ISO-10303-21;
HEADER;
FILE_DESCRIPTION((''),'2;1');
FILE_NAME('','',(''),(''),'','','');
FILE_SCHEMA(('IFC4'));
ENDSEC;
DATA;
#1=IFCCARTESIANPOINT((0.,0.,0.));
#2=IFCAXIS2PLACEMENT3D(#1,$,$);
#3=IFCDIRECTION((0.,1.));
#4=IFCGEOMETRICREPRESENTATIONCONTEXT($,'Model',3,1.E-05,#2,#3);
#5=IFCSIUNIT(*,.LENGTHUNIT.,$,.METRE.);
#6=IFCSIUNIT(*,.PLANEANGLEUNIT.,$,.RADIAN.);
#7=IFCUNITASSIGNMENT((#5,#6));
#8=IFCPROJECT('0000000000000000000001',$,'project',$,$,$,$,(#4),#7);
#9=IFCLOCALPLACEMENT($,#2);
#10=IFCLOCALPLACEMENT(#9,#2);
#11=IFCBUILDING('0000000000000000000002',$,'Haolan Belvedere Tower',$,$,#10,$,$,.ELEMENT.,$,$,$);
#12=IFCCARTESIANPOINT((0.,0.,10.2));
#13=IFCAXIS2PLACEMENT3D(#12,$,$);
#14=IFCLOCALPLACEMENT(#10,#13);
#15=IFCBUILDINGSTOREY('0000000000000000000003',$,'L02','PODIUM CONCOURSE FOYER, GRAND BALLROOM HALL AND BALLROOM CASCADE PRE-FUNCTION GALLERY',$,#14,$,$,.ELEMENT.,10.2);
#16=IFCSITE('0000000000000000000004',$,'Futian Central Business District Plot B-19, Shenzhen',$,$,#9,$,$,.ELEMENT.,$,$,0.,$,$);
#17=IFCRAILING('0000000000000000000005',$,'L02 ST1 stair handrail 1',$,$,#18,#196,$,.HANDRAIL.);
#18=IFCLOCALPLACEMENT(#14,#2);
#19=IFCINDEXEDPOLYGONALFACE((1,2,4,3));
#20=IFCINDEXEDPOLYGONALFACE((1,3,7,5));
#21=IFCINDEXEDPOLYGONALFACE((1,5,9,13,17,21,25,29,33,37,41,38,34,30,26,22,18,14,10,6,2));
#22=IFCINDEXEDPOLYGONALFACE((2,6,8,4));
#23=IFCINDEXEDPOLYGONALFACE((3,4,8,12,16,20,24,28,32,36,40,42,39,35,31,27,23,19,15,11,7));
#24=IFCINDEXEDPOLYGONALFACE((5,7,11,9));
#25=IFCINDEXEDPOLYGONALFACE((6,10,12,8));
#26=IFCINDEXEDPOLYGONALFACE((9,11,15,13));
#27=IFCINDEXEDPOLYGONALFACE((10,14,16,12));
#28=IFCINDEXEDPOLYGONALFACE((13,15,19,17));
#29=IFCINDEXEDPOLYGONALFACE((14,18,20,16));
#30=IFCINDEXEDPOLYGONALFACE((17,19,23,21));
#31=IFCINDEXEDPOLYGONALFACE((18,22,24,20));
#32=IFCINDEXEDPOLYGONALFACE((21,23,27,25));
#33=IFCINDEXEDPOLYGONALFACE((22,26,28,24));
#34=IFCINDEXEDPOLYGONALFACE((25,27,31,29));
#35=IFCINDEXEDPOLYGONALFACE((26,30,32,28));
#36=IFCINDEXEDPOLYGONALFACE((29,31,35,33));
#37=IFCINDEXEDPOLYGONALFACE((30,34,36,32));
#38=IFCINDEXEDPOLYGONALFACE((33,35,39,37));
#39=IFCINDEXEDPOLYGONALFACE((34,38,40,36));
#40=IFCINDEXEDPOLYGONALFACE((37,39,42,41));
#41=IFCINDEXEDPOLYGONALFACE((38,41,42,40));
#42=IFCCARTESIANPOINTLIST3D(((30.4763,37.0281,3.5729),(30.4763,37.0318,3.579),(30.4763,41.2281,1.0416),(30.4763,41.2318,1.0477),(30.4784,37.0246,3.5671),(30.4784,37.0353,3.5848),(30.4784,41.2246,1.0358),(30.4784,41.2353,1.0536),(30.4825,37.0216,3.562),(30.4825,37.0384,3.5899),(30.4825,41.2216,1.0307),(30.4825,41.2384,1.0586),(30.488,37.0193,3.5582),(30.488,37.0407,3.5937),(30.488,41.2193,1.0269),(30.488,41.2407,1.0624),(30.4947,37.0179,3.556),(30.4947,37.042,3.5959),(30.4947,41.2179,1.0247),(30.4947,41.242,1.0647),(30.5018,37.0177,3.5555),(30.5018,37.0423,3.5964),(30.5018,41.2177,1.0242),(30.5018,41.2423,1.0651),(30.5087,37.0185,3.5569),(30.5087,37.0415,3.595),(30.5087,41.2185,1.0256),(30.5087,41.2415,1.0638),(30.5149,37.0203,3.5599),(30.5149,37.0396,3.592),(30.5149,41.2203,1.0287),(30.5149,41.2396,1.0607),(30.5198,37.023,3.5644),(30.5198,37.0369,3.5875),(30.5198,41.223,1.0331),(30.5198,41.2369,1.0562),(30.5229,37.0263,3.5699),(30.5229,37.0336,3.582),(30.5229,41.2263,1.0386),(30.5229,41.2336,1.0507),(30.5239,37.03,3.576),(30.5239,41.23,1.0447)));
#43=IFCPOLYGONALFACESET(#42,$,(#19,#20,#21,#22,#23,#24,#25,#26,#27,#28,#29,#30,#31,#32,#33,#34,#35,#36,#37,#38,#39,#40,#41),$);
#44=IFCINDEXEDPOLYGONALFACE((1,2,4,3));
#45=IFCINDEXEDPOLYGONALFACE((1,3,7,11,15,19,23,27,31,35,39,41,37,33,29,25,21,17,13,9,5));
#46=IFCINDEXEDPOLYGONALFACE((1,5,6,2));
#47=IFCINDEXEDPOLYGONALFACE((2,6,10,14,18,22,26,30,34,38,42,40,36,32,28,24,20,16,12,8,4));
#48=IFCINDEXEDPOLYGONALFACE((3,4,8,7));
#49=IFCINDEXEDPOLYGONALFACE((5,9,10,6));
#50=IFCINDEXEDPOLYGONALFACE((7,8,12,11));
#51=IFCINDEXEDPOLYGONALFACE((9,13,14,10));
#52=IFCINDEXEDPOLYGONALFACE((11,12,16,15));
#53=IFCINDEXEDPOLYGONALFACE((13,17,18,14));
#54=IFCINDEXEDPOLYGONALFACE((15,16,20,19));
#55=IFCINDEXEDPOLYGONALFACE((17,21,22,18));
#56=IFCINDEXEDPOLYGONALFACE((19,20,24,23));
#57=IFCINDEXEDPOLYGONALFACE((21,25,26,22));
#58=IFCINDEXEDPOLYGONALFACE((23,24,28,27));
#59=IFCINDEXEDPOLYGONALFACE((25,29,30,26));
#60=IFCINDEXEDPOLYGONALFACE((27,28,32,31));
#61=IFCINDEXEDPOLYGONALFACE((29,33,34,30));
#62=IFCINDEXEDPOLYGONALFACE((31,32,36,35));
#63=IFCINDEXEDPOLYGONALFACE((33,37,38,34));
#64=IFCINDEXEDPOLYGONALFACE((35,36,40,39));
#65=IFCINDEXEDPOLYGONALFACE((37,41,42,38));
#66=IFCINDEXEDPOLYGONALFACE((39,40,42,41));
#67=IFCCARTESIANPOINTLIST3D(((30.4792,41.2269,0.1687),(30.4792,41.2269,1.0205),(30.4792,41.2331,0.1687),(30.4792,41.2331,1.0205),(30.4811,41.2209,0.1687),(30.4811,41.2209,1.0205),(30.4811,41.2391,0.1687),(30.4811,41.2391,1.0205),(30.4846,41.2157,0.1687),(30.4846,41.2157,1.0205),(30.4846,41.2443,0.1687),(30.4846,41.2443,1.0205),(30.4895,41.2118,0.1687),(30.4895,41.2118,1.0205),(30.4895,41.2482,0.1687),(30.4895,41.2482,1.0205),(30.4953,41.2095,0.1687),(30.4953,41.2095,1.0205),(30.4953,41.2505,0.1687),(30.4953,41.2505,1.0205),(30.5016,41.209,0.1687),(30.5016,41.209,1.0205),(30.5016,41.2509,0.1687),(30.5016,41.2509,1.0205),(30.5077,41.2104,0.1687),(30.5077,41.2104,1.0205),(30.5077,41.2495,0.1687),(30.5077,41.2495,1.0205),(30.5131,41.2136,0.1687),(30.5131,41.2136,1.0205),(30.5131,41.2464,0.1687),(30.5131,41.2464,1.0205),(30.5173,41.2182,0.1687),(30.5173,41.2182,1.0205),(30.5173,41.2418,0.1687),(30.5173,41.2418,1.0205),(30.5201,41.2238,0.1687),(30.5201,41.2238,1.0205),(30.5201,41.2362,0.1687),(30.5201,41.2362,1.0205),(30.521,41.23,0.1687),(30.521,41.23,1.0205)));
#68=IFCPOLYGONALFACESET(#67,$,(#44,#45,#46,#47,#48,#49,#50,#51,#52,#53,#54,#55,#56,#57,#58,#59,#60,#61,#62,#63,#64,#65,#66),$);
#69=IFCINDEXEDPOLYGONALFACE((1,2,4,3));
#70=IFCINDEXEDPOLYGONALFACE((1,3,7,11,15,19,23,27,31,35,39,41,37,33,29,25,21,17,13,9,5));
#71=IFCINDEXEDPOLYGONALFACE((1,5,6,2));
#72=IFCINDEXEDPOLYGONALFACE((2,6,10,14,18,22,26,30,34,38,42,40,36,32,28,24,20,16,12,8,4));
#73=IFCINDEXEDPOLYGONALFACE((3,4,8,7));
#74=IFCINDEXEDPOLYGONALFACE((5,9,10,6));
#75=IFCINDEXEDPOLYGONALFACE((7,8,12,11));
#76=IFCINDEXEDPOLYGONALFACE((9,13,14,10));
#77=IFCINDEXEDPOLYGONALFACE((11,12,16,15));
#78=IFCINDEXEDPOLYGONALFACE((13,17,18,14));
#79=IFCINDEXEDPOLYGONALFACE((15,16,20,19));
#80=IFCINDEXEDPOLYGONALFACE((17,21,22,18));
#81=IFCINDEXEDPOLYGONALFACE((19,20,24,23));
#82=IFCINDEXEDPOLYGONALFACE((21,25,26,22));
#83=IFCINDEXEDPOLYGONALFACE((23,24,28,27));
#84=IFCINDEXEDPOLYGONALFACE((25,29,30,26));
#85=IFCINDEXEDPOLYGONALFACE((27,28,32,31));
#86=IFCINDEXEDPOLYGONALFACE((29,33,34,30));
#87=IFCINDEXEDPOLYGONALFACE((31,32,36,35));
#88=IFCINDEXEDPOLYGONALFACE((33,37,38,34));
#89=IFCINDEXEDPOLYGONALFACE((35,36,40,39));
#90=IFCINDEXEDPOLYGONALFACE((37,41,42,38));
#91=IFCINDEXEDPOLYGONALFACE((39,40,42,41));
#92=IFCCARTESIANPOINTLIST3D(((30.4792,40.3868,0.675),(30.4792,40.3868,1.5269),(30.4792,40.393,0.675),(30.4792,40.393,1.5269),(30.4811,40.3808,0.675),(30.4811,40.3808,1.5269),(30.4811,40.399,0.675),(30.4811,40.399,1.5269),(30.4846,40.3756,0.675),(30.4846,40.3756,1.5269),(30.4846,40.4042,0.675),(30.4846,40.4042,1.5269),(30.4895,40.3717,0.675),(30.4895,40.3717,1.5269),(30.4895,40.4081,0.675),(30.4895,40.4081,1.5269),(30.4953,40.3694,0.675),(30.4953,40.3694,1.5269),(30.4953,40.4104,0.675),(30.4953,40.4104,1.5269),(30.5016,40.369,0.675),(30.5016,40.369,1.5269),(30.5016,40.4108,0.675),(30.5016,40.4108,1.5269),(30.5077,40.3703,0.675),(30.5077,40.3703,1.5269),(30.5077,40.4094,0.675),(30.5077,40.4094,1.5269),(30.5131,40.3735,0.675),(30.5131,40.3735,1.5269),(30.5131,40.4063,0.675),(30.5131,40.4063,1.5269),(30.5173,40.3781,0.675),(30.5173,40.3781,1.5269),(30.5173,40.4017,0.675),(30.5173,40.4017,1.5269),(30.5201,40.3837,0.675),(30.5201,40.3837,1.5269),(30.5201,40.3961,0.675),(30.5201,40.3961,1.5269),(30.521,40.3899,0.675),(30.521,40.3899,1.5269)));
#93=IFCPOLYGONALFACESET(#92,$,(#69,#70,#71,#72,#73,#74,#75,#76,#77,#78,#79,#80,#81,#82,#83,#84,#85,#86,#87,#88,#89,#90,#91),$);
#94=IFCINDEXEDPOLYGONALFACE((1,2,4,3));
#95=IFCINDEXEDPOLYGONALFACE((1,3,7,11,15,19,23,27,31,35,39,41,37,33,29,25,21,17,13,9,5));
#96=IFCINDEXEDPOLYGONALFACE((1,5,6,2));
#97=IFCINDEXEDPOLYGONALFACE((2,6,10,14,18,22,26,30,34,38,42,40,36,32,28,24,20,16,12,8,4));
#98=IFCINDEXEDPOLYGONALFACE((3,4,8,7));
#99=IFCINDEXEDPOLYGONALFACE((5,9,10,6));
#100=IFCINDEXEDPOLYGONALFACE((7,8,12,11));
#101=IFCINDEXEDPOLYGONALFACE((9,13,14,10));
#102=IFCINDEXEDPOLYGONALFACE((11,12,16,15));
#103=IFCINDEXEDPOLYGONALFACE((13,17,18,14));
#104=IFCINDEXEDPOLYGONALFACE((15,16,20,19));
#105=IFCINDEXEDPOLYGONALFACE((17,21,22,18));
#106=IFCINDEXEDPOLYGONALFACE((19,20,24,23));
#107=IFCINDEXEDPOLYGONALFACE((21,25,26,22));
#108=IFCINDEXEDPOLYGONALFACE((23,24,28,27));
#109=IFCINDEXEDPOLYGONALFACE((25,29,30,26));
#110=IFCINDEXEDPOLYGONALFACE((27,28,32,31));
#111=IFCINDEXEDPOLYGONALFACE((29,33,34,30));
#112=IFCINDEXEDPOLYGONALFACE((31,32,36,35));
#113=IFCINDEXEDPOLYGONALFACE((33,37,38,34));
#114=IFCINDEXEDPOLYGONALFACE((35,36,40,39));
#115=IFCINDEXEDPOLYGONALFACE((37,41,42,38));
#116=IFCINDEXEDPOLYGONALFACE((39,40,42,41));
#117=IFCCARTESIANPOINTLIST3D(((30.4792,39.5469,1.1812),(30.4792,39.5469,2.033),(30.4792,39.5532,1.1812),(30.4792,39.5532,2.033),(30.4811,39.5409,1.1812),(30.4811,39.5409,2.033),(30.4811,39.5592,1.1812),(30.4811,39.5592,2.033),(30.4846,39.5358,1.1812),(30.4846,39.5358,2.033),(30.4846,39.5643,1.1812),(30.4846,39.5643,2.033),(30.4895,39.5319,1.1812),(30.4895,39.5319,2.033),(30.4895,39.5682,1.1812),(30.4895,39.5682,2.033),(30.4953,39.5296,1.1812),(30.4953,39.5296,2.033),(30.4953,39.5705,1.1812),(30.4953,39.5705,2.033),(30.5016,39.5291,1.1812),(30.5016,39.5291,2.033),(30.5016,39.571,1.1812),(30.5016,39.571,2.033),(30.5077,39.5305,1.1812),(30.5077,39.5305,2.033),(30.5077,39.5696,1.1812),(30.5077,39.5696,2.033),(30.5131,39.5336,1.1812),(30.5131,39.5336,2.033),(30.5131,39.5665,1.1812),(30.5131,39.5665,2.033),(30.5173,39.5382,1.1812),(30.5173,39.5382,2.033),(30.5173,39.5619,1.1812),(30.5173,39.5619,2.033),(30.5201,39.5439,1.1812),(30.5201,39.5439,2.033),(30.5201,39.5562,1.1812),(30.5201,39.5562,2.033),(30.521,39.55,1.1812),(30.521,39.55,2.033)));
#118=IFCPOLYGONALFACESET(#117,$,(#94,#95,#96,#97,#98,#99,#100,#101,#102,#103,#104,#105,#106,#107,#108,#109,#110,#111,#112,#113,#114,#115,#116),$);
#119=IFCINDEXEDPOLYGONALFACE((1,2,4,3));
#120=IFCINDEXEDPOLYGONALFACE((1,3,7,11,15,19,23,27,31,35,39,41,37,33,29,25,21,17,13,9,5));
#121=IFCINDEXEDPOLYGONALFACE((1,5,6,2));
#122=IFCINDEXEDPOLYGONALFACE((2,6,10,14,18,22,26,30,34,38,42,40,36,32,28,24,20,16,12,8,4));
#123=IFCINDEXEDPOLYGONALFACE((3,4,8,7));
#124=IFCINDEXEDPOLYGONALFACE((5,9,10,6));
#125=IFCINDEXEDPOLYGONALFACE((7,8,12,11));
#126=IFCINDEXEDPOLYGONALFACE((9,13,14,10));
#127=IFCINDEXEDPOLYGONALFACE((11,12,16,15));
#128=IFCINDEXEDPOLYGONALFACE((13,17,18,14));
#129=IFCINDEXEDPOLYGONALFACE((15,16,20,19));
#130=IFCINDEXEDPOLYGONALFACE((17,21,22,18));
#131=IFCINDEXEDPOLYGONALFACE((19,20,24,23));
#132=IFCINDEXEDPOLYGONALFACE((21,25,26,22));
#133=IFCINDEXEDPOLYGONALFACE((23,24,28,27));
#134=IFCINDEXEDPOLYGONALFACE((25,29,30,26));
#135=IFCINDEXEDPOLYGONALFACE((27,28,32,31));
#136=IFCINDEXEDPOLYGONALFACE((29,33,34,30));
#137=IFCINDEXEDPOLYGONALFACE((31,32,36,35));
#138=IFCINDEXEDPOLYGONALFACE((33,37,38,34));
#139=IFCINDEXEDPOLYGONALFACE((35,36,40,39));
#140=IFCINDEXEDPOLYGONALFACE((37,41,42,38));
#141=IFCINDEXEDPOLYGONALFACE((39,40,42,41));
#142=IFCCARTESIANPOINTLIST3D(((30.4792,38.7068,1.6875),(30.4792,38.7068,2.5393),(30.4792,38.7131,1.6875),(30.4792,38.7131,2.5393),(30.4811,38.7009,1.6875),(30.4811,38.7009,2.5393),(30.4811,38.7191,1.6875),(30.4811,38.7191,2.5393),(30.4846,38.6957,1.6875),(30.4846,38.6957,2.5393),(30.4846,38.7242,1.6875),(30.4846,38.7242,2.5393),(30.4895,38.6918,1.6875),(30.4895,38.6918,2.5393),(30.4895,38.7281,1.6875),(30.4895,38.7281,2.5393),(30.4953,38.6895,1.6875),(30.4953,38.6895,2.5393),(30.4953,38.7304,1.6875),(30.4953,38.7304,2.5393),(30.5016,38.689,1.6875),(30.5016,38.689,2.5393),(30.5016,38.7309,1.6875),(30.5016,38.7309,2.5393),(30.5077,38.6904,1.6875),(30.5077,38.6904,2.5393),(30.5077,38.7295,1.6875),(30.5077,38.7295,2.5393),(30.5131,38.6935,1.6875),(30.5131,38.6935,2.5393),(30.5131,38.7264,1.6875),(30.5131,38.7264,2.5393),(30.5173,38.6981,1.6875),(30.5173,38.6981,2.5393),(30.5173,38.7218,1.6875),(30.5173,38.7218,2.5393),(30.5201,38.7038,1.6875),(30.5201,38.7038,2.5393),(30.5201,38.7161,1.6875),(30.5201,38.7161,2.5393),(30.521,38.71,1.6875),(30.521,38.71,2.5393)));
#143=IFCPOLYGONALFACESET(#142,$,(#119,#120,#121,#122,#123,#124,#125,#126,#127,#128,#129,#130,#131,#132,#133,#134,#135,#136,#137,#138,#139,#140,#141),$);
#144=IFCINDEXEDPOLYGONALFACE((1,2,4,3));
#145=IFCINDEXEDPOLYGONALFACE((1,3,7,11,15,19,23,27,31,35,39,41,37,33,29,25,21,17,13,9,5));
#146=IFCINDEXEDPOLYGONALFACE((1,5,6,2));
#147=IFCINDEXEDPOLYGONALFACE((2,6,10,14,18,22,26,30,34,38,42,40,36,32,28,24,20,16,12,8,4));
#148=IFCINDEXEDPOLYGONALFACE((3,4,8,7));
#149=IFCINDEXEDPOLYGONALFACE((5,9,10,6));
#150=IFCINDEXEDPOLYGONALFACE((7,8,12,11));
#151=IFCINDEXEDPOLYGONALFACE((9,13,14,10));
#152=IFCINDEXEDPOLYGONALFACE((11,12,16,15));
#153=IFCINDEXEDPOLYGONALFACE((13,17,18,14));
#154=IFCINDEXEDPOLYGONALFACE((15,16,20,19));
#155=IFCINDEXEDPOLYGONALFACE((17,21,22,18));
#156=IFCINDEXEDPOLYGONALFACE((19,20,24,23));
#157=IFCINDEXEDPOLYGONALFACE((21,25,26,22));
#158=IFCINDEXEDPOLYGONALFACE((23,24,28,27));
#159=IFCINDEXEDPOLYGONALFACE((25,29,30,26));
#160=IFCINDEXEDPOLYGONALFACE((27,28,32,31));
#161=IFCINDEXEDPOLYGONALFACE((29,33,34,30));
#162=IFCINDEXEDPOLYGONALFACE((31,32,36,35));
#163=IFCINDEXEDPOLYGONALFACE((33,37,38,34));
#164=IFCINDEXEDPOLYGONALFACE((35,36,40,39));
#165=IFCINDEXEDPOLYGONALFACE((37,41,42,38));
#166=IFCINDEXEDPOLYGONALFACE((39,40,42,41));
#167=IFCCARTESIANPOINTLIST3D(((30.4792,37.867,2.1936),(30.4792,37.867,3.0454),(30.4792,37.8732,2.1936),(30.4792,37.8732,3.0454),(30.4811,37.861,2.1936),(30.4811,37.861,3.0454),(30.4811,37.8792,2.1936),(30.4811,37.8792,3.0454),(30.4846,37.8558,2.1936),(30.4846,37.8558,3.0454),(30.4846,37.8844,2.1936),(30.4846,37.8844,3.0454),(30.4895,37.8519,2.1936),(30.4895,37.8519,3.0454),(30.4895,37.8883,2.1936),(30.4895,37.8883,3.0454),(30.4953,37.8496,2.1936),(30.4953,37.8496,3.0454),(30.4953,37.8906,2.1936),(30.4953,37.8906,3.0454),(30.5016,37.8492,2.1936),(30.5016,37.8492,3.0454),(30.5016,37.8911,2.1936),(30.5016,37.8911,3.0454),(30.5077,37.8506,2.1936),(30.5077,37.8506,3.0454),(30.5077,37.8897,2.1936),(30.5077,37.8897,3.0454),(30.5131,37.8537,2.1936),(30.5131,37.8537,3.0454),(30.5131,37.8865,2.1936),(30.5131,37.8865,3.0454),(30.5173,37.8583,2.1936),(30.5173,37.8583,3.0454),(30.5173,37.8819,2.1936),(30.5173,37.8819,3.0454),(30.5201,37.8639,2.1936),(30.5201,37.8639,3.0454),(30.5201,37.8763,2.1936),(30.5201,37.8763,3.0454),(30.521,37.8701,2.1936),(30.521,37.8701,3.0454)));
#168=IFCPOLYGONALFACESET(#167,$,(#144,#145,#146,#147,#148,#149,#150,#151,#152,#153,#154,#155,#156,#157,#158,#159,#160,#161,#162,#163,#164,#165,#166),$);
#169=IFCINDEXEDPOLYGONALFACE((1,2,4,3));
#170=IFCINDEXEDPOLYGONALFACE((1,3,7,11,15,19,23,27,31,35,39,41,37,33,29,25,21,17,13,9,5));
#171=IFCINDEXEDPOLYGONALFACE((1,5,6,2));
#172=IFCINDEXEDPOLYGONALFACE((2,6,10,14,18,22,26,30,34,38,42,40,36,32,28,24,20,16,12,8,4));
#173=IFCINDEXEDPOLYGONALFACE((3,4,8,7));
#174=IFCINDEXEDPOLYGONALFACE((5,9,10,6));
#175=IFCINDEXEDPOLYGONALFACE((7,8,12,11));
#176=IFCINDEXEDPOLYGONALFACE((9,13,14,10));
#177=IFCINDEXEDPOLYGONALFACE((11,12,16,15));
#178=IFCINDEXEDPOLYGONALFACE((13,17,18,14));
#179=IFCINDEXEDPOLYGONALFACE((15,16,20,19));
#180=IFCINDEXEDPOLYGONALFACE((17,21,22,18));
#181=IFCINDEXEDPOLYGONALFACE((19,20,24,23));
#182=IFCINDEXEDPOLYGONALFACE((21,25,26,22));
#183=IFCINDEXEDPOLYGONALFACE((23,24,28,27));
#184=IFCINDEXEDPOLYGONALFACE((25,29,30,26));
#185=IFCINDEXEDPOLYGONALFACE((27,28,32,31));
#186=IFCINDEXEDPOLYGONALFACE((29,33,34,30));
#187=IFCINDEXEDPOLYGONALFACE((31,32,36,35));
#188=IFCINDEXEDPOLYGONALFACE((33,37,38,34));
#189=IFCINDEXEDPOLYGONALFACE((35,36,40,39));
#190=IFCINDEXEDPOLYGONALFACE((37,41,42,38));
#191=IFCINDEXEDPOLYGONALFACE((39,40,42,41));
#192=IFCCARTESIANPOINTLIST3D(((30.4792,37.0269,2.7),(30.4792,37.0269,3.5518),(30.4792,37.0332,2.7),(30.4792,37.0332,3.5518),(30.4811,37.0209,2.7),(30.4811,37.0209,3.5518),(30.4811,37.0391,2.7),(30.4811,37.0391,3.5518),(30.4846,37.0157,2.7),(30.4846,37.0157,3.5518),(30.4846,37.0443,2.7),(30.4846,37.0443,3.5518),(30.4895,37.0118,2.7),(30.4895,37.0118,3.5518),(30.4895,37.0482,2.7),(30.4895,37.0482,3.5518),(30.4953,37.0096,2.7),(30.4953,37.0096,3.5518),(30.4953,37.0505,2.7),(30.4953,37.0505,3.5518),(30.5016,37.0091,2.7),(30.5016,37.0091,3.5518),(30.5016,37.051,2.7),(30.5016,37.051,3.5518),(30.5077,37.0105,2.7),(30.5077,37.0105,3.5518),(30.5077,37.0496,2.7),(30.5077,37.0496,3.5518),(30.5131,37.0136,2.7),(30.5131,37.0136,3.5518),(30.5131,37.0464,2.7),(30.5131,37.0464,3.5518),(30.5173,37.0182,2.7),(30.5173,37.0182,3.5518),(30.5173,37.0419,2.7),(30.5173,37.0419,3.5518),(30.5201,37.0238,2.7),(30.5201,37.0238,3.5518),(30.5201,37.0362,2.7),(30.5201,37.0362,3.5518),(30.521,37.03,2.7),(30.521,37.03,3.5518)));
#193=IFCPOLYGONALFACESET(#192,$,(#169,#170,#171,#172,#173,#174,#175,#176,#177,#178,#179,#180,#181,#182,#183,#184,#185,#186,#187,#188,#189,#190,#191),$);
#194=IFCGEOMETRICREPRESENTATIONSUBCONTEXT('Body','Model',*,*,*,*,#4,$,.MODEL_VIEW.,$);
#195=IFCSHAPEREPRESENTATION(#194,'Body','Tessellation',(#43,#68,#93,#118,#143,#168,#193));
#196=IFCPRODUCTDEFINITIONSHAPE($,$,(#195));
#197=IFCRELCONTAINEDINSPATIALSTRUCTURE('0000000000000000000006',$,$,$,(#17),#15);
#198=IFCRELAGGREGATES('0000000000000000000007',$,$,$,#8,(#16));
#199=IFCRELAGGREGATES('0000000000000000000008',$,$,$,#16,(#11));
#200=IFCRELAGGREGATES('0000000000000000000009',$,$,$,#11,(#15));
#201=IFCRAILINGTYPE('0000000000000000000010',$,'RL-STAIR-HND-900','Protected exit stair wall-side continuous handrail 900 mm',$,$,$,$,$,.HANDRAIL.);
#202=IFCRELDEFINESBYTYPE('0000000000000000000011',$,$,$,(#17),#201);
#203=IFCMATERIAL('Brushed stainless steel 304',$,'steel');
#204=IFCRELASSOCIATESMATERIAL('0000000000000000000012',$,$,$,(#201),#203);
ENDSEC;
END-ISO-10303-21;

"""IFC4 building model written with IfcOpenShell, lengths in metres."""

from ifc_helpers import new_model, si_unit, direction, frame, origin, origin_2d, place, context, subcontext, project, spatial, circle, extrude, material, type_object, element, save


model = new_model("IFC4")

# Units and contexts
model_context = context("Model", 3, precision=1e-05, world=origin(), true_north=direction((0.0, 1.0)))
body_context = subcontext(model_context, "Body", "Model", "MODEL_VIEW")
ifc_project = project(units=[si_unit("LENGTHUNIT", "METRE"), si_unit("PLANEANGLEUNIT", "RADIAN")], contexts=[model_context])

# Site, building, storey
site_placement = place(None, origin())
site = spatial("IfcSite", under=ifc_project, at=site_placement, Name="Futian Central Business District Plot B-19, Shenzhen", CompositionType="ELEMENT", RefElevation=0.0)
building_placement = place(site_placement, origin())
building = spatial("IfcBuilding", under=site, at=building_placement, Name="Haolan Belvedere Tower", CompositionType="ELEMENT")
storey_placement = place(building_placement, frame((0.0, 0.0, 10.2)))
storey = spatial("IfcBuildingStorey", under=building, at=storey_placement, Name="L02", Description="PODIUM CONCOURSE FOYER, GRAND BALLROOM HALL AND BALLROOM CASCADE PRE-FUNCTION GALLERY", CompositionType="ELEMENT", Elevation=10.2)

# Railing
ifc_material_1 = material(Name="Brushed stainless steel 304", Category="steel")
railing_type_1 = type_object("IfcRailingType", Name="RL-STAIR-HND-900", Description="Protected exit stair wall-side continuous handrail 900 mm", PredefinedType="HANDRAIL", material=ifc_material_1)
railing_1_placement = place(storey_placement, frame((30.5, 41.23, 0.1687)))
element("IfcRailing", 1, at=railing_1_placement, inside=storey, type_object=railing_type_1, Name="L02 ST1 stair handrail 1", PredefinedType="HANDRAIL", context=body_context, shape_type="SweptSolid", body=[
    extrude(circle(Radius=0.0239, at=origin_2d()), frame((0.0, 0.0, 0.876), z_axis=(0.0, -0.856476, 0.516186), x_axis=(1.0, 0.0, 0.0)), (0.0, 0.0, 1.0), 4.9038),
    extrude(circle(Radius=0.021, at=origin_2d()), origin(), (0.0, 0.0, 1.0), 0.8518),
    extrude(circle(Radius=0.021, at=origin_2d()), frame((0.0, -0.8401, 0.5063)), (0.0, 0.0, 1.0), 0.8518),
    extrude(circle(Radius=0.021, at=origin_2d()), frame((0.0, -1.6799, 1.0125)), (0.0, 0.0, 1.0), 0.8518),
    extrude(circle(Radius=0.021, at=origin_2d()), frame((0.0, -2.52, 1.5188)), (0.0, 0.0, 1.0), 0.8518),
    extrude(circle(Radius=0.021, at=origin_2d()), frame((0.0, -3.3599, 2.0249)), (0.0, 0.0, 1.0), 0.8518),
    extrude(circle(Radius=0.021, at=origin_2d()), frame((0.0, -4.2, 2.5312)), (0.0, 0.0, 1.0), 0.8518),
])

save(model, "model.ifc")
